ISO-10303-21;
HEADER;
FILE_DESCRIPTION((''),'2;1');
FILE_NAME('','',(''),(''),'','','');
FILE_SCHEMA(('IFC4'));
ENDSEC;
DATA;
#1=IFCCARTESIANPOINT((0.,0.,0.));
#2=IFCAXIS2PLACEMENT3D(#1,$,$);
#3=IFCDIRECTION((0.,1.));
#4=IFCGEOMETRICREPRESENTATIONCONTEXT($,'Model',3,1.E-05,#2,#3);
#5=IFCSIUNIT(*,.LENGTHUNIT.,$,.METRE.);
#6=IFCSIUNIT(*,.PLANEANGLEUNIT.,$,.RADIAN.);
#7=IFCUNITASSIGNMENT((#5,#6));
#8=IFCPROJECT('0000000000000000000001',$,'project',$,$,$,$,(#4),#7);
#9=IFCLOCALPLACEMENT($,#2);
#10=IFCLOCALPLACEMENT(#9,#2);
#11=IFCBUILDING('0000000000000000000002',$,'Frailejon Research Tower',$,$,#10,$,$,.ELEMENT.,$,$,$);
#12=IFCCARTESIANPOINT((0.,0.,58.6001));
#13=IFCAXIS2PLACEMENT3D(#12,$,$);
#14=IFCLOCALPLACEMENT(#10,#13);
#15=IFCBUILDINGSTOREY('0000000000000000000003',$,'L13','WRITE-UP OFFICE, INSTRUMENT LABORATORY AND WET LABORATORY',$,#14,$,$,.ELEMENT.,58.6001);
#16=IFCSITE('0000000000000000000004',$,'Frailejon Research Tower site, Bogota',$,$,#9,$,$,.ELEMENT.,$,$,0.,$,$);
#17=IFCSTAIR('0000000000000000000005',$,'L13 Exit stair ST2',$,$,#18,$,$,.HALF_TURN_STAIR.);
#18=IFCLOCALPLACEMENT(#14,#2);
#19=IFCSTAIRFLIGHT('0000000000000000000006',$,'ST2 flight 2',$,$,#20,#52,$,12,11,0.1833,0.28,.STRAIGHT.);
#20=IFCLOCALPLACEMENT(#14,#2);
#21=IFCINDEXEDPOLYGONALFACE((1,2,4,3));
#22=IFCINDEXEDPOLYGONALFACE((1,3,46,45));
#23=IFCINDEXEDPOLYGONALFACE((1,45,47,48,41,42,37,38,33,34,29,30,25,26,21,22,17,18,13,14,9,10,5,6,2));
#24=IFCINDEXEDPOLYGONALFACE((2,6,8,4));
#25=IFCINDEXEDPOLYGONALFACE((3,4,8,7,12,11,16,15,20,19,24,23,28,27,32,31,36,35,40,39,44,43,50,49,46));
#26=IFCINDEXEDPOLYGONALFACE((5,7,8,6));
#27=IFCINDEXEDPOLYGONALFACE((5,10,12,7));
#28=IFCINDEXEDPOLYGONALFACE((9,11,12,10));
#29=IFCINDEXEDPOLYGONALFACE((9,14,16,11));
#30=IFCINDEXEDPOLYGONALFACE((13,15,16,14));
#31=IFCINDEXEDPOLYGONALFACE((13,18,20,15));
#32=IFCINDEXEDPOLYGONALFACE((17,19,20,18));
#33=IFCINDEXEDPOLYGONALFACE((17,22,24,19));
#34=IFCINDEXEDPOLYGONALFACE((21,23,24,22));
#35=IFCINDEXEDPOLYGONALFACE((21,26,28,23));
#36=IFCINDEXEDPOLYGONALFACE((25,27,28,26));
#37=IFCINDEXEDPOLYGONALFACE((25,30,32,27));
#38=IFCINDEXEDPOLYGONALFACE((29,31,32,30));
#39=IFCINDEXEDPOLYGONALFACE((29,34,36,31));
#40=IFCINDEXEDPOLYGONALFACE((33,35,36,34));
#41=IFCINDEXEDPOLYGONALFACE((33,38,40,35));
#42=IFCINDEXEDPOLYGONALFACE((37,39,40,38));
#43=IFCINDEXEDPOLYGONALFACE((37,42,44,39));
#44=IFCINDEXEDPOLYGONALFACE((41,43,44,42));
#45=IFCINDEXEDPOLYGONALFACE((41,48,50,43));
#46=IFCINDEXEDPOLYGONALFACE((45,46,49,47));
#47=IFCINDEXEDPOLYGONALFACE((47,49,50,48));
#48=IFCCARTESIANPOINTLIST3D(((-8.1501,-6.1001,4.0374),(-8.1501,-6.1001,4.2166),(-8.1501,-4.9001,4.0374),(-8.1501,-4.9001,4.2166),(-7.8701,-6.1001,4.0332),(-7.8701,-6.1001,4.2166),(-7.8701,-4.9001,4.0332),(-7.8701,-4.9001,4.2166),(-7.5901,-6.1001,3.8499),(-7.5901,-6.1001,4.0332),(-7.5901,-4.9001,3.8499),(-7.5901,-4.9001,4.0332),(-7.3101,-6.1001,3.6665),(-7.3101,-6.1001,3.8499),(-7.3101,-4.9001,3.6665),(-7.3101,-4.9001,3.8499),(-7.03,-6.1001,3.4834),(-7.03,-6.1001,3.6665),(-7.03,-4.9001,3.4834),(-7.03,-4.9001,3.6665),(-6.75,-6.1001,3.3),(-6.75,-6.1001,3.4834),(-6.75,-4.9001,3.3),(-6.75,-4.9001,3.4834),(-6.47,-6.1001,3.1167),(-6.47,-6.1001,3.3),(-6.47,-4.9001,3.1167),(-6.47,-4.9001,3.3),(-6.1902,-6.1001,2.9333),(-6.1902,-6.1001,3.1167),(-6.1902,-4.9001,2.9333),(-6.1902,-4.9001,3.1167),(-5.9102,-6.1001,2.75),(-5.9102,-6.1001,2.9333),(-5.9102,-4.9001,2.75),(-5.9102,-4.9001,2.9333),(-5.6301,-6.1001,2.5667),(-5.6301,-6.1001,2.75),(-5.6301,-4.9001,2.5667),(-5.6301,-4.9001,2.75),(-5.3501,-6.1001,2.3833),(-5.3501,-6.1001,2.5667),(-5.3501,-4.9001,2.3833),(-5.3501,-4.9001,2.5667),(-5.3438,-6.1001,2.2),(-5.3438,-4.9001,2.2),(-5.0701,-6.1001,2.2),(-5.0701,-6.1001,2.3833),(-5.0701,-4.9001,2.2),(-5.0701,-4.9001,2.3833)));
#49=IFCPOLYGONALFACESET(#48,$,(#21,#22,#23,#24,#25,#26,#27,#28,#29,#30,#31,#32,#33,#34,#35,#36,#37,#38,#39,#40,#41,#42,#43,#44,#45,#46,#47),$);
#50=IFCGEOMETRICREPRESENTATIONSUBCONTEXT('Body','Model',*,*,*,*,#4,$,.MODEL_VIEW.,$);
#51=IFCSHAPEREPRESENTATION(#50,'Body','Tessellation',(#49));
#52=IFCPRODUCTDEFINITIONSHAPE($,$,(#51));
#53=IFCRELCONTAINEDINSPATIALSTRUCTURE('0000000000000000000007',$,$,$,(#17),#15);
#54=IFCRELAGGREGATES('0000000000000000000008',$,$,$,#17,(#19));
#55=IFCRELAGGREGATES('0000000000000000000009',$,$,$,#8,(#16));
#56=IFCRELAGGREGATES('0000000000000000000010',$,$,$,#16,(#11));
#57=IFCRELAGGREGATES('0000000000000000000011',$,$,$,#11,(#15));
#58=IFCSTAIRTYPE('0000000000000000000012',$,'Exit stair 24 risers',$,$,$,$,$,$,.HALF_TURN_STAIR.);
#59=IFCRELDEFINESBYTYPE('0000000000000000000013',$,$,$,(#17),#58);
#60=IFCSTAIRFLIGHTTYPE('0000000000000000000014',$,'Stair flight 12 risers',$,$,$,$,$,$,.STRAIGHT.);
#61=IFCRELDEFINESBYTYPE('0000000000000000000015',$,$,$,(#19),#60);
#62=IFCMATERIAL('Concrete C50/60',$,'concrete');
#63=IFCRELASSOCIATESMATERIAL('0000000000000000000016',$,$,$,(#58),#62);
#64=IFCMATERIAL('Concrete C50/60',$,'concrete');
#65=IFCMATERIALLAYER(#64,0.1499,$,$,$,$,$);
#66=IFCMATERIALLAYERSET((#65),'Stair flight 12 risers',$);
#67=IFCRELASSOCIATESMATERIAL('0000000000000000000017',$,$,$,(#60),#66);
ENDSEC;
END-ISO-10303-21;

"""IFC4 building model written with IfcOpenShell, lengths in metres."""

from ifc_helpers import new_model, si_unit, direction, frame, origin, place, context, subcontext, project, spatial, polyline, outline, extrude, material, layer, layer_set, type_object, element, aggregate, save


model = new_model("IFC4")

# Units and contexts
model_context = context("Model", 3, precision=1e-05, world=origin(), true_north=direction((0.0, 1.0)))
body_context = subcontext(model_context, "Body", "Model", "MODEL_VIEW")
ifc_project = project(units=[si_unit("LENGTHUNIT", "METRE"), si_unit("PLANEANGLEUNIT", "RADIAN")], contexts=[model_context])

# Site, building, storey
site_placement = place(None, origin())
site = spatial("IfcSite", under=ifc_project, at=site_placement, Name="Frailejon Research Tower site, Bogota", CompositionType="ELEMENT", RefElevation=0.0)
building_placement = place(site_placement, origin())
building = spatial("IfcBuilding", under=site, at=building_placement, Name="Frailejon Research Tower", CompositionType="ELEMENT")
storey_placement = place(building_placement, frame((0.0, 0.0, 58.6001)))
storey = spatial("IfcBuildingStorey", under=building, at=storey_placement, Name="L13", Description="WRITE-UP OFFICE, INSTRUMENT LABORATORY AND WET LABORATORY", CompositionType="ELEMENT", Elevation=58.6001)

# Stair, stair flight
ifc_material_1 = material(Name="Concrete C50/60", Category="concrete")
stair_type = type_object("IfcStairType", Name="Exit stair 24 risers", PredefinedType="HALF_TURN_STAIR", material=ifc_material_1)
stair_placement = place(storey_placement, origin())
stair = element("IfcStair", 1, at=stair_placement, inside=storey, type_object=stair_type, Name="L13 Exit stair ST2", PredefinedType="HALF_TURN_STAIR")
ifc_material_2 = material(Name="Concrete C50/60", Category="concrete")
ifc_layer_1 = layer(ifc_material_2, 0.1499)
ifc_layer_set_1 = layer_set([ifc_layer_1], Name="Stair flight 12 risers")
stair_flight_type = type_object("IfcStairFlightType", Name="Stair flight 12 risers", PredefinedType="STRAIGHT", material=ifc_layer_set_1)
stair_flight_1_placement = place(storey_placement, frame((-5.0701, -5.5, 2.2), z_axis=(0.0, 0.0, 1.0), x_axis=(-1.0, 0.0, 0.0)))
stair_flight_1 = element("IfcStairFlight", 2, at=stair_flight_1_placement, type_object=stair_flight_type, Name="ST2 flight 2", NumberOfRisers=12, NumberOfTreads=11, PredefinedType="STRAIGHT", RiserHeight=0.1833, TreadLength=0.28, context=body_context, shape_type="SweptSolid", body=[
    extrude(outline(polyline([(0.0, 0.0), (0.0, 0.1833), (0.28, 0.1833), (0.28, 0.3667), (0.5601, 0.3667), (0.5601, 0.55), (0.8401, 0.55), (0.8401, 0.7334), (1.1201, 0.7334), (1.1201, 0.9167), (1.3999, 0.9167), (1.3999, 1.1001), (1.6799, 1.1001), (1.6799, 1.2834), (1.96, 1.2834), (1.96, 1.4666), (2.24, 1.4666), (2.24, 1.6499), (2.52, 1.6499), (2.52, 1.8333), (2.8, 1.8333), (2.8, 2.0166), (3.0801, 2.0166), (3.0801, 2.2), (3.0801, 1.8374), (0.2737, 0.0), (0.0, 0.0)])), frame((0.0, 0.6001, 0.0), z_axis=(0.0, -1.0, 0.0), x_axis=(1.0, 0.0, 0.0)), (0.0, 0.0, 1.0), 1.2),
])
aggregate(stair, [stair_flight_1])

save(model, "model.ifc")
